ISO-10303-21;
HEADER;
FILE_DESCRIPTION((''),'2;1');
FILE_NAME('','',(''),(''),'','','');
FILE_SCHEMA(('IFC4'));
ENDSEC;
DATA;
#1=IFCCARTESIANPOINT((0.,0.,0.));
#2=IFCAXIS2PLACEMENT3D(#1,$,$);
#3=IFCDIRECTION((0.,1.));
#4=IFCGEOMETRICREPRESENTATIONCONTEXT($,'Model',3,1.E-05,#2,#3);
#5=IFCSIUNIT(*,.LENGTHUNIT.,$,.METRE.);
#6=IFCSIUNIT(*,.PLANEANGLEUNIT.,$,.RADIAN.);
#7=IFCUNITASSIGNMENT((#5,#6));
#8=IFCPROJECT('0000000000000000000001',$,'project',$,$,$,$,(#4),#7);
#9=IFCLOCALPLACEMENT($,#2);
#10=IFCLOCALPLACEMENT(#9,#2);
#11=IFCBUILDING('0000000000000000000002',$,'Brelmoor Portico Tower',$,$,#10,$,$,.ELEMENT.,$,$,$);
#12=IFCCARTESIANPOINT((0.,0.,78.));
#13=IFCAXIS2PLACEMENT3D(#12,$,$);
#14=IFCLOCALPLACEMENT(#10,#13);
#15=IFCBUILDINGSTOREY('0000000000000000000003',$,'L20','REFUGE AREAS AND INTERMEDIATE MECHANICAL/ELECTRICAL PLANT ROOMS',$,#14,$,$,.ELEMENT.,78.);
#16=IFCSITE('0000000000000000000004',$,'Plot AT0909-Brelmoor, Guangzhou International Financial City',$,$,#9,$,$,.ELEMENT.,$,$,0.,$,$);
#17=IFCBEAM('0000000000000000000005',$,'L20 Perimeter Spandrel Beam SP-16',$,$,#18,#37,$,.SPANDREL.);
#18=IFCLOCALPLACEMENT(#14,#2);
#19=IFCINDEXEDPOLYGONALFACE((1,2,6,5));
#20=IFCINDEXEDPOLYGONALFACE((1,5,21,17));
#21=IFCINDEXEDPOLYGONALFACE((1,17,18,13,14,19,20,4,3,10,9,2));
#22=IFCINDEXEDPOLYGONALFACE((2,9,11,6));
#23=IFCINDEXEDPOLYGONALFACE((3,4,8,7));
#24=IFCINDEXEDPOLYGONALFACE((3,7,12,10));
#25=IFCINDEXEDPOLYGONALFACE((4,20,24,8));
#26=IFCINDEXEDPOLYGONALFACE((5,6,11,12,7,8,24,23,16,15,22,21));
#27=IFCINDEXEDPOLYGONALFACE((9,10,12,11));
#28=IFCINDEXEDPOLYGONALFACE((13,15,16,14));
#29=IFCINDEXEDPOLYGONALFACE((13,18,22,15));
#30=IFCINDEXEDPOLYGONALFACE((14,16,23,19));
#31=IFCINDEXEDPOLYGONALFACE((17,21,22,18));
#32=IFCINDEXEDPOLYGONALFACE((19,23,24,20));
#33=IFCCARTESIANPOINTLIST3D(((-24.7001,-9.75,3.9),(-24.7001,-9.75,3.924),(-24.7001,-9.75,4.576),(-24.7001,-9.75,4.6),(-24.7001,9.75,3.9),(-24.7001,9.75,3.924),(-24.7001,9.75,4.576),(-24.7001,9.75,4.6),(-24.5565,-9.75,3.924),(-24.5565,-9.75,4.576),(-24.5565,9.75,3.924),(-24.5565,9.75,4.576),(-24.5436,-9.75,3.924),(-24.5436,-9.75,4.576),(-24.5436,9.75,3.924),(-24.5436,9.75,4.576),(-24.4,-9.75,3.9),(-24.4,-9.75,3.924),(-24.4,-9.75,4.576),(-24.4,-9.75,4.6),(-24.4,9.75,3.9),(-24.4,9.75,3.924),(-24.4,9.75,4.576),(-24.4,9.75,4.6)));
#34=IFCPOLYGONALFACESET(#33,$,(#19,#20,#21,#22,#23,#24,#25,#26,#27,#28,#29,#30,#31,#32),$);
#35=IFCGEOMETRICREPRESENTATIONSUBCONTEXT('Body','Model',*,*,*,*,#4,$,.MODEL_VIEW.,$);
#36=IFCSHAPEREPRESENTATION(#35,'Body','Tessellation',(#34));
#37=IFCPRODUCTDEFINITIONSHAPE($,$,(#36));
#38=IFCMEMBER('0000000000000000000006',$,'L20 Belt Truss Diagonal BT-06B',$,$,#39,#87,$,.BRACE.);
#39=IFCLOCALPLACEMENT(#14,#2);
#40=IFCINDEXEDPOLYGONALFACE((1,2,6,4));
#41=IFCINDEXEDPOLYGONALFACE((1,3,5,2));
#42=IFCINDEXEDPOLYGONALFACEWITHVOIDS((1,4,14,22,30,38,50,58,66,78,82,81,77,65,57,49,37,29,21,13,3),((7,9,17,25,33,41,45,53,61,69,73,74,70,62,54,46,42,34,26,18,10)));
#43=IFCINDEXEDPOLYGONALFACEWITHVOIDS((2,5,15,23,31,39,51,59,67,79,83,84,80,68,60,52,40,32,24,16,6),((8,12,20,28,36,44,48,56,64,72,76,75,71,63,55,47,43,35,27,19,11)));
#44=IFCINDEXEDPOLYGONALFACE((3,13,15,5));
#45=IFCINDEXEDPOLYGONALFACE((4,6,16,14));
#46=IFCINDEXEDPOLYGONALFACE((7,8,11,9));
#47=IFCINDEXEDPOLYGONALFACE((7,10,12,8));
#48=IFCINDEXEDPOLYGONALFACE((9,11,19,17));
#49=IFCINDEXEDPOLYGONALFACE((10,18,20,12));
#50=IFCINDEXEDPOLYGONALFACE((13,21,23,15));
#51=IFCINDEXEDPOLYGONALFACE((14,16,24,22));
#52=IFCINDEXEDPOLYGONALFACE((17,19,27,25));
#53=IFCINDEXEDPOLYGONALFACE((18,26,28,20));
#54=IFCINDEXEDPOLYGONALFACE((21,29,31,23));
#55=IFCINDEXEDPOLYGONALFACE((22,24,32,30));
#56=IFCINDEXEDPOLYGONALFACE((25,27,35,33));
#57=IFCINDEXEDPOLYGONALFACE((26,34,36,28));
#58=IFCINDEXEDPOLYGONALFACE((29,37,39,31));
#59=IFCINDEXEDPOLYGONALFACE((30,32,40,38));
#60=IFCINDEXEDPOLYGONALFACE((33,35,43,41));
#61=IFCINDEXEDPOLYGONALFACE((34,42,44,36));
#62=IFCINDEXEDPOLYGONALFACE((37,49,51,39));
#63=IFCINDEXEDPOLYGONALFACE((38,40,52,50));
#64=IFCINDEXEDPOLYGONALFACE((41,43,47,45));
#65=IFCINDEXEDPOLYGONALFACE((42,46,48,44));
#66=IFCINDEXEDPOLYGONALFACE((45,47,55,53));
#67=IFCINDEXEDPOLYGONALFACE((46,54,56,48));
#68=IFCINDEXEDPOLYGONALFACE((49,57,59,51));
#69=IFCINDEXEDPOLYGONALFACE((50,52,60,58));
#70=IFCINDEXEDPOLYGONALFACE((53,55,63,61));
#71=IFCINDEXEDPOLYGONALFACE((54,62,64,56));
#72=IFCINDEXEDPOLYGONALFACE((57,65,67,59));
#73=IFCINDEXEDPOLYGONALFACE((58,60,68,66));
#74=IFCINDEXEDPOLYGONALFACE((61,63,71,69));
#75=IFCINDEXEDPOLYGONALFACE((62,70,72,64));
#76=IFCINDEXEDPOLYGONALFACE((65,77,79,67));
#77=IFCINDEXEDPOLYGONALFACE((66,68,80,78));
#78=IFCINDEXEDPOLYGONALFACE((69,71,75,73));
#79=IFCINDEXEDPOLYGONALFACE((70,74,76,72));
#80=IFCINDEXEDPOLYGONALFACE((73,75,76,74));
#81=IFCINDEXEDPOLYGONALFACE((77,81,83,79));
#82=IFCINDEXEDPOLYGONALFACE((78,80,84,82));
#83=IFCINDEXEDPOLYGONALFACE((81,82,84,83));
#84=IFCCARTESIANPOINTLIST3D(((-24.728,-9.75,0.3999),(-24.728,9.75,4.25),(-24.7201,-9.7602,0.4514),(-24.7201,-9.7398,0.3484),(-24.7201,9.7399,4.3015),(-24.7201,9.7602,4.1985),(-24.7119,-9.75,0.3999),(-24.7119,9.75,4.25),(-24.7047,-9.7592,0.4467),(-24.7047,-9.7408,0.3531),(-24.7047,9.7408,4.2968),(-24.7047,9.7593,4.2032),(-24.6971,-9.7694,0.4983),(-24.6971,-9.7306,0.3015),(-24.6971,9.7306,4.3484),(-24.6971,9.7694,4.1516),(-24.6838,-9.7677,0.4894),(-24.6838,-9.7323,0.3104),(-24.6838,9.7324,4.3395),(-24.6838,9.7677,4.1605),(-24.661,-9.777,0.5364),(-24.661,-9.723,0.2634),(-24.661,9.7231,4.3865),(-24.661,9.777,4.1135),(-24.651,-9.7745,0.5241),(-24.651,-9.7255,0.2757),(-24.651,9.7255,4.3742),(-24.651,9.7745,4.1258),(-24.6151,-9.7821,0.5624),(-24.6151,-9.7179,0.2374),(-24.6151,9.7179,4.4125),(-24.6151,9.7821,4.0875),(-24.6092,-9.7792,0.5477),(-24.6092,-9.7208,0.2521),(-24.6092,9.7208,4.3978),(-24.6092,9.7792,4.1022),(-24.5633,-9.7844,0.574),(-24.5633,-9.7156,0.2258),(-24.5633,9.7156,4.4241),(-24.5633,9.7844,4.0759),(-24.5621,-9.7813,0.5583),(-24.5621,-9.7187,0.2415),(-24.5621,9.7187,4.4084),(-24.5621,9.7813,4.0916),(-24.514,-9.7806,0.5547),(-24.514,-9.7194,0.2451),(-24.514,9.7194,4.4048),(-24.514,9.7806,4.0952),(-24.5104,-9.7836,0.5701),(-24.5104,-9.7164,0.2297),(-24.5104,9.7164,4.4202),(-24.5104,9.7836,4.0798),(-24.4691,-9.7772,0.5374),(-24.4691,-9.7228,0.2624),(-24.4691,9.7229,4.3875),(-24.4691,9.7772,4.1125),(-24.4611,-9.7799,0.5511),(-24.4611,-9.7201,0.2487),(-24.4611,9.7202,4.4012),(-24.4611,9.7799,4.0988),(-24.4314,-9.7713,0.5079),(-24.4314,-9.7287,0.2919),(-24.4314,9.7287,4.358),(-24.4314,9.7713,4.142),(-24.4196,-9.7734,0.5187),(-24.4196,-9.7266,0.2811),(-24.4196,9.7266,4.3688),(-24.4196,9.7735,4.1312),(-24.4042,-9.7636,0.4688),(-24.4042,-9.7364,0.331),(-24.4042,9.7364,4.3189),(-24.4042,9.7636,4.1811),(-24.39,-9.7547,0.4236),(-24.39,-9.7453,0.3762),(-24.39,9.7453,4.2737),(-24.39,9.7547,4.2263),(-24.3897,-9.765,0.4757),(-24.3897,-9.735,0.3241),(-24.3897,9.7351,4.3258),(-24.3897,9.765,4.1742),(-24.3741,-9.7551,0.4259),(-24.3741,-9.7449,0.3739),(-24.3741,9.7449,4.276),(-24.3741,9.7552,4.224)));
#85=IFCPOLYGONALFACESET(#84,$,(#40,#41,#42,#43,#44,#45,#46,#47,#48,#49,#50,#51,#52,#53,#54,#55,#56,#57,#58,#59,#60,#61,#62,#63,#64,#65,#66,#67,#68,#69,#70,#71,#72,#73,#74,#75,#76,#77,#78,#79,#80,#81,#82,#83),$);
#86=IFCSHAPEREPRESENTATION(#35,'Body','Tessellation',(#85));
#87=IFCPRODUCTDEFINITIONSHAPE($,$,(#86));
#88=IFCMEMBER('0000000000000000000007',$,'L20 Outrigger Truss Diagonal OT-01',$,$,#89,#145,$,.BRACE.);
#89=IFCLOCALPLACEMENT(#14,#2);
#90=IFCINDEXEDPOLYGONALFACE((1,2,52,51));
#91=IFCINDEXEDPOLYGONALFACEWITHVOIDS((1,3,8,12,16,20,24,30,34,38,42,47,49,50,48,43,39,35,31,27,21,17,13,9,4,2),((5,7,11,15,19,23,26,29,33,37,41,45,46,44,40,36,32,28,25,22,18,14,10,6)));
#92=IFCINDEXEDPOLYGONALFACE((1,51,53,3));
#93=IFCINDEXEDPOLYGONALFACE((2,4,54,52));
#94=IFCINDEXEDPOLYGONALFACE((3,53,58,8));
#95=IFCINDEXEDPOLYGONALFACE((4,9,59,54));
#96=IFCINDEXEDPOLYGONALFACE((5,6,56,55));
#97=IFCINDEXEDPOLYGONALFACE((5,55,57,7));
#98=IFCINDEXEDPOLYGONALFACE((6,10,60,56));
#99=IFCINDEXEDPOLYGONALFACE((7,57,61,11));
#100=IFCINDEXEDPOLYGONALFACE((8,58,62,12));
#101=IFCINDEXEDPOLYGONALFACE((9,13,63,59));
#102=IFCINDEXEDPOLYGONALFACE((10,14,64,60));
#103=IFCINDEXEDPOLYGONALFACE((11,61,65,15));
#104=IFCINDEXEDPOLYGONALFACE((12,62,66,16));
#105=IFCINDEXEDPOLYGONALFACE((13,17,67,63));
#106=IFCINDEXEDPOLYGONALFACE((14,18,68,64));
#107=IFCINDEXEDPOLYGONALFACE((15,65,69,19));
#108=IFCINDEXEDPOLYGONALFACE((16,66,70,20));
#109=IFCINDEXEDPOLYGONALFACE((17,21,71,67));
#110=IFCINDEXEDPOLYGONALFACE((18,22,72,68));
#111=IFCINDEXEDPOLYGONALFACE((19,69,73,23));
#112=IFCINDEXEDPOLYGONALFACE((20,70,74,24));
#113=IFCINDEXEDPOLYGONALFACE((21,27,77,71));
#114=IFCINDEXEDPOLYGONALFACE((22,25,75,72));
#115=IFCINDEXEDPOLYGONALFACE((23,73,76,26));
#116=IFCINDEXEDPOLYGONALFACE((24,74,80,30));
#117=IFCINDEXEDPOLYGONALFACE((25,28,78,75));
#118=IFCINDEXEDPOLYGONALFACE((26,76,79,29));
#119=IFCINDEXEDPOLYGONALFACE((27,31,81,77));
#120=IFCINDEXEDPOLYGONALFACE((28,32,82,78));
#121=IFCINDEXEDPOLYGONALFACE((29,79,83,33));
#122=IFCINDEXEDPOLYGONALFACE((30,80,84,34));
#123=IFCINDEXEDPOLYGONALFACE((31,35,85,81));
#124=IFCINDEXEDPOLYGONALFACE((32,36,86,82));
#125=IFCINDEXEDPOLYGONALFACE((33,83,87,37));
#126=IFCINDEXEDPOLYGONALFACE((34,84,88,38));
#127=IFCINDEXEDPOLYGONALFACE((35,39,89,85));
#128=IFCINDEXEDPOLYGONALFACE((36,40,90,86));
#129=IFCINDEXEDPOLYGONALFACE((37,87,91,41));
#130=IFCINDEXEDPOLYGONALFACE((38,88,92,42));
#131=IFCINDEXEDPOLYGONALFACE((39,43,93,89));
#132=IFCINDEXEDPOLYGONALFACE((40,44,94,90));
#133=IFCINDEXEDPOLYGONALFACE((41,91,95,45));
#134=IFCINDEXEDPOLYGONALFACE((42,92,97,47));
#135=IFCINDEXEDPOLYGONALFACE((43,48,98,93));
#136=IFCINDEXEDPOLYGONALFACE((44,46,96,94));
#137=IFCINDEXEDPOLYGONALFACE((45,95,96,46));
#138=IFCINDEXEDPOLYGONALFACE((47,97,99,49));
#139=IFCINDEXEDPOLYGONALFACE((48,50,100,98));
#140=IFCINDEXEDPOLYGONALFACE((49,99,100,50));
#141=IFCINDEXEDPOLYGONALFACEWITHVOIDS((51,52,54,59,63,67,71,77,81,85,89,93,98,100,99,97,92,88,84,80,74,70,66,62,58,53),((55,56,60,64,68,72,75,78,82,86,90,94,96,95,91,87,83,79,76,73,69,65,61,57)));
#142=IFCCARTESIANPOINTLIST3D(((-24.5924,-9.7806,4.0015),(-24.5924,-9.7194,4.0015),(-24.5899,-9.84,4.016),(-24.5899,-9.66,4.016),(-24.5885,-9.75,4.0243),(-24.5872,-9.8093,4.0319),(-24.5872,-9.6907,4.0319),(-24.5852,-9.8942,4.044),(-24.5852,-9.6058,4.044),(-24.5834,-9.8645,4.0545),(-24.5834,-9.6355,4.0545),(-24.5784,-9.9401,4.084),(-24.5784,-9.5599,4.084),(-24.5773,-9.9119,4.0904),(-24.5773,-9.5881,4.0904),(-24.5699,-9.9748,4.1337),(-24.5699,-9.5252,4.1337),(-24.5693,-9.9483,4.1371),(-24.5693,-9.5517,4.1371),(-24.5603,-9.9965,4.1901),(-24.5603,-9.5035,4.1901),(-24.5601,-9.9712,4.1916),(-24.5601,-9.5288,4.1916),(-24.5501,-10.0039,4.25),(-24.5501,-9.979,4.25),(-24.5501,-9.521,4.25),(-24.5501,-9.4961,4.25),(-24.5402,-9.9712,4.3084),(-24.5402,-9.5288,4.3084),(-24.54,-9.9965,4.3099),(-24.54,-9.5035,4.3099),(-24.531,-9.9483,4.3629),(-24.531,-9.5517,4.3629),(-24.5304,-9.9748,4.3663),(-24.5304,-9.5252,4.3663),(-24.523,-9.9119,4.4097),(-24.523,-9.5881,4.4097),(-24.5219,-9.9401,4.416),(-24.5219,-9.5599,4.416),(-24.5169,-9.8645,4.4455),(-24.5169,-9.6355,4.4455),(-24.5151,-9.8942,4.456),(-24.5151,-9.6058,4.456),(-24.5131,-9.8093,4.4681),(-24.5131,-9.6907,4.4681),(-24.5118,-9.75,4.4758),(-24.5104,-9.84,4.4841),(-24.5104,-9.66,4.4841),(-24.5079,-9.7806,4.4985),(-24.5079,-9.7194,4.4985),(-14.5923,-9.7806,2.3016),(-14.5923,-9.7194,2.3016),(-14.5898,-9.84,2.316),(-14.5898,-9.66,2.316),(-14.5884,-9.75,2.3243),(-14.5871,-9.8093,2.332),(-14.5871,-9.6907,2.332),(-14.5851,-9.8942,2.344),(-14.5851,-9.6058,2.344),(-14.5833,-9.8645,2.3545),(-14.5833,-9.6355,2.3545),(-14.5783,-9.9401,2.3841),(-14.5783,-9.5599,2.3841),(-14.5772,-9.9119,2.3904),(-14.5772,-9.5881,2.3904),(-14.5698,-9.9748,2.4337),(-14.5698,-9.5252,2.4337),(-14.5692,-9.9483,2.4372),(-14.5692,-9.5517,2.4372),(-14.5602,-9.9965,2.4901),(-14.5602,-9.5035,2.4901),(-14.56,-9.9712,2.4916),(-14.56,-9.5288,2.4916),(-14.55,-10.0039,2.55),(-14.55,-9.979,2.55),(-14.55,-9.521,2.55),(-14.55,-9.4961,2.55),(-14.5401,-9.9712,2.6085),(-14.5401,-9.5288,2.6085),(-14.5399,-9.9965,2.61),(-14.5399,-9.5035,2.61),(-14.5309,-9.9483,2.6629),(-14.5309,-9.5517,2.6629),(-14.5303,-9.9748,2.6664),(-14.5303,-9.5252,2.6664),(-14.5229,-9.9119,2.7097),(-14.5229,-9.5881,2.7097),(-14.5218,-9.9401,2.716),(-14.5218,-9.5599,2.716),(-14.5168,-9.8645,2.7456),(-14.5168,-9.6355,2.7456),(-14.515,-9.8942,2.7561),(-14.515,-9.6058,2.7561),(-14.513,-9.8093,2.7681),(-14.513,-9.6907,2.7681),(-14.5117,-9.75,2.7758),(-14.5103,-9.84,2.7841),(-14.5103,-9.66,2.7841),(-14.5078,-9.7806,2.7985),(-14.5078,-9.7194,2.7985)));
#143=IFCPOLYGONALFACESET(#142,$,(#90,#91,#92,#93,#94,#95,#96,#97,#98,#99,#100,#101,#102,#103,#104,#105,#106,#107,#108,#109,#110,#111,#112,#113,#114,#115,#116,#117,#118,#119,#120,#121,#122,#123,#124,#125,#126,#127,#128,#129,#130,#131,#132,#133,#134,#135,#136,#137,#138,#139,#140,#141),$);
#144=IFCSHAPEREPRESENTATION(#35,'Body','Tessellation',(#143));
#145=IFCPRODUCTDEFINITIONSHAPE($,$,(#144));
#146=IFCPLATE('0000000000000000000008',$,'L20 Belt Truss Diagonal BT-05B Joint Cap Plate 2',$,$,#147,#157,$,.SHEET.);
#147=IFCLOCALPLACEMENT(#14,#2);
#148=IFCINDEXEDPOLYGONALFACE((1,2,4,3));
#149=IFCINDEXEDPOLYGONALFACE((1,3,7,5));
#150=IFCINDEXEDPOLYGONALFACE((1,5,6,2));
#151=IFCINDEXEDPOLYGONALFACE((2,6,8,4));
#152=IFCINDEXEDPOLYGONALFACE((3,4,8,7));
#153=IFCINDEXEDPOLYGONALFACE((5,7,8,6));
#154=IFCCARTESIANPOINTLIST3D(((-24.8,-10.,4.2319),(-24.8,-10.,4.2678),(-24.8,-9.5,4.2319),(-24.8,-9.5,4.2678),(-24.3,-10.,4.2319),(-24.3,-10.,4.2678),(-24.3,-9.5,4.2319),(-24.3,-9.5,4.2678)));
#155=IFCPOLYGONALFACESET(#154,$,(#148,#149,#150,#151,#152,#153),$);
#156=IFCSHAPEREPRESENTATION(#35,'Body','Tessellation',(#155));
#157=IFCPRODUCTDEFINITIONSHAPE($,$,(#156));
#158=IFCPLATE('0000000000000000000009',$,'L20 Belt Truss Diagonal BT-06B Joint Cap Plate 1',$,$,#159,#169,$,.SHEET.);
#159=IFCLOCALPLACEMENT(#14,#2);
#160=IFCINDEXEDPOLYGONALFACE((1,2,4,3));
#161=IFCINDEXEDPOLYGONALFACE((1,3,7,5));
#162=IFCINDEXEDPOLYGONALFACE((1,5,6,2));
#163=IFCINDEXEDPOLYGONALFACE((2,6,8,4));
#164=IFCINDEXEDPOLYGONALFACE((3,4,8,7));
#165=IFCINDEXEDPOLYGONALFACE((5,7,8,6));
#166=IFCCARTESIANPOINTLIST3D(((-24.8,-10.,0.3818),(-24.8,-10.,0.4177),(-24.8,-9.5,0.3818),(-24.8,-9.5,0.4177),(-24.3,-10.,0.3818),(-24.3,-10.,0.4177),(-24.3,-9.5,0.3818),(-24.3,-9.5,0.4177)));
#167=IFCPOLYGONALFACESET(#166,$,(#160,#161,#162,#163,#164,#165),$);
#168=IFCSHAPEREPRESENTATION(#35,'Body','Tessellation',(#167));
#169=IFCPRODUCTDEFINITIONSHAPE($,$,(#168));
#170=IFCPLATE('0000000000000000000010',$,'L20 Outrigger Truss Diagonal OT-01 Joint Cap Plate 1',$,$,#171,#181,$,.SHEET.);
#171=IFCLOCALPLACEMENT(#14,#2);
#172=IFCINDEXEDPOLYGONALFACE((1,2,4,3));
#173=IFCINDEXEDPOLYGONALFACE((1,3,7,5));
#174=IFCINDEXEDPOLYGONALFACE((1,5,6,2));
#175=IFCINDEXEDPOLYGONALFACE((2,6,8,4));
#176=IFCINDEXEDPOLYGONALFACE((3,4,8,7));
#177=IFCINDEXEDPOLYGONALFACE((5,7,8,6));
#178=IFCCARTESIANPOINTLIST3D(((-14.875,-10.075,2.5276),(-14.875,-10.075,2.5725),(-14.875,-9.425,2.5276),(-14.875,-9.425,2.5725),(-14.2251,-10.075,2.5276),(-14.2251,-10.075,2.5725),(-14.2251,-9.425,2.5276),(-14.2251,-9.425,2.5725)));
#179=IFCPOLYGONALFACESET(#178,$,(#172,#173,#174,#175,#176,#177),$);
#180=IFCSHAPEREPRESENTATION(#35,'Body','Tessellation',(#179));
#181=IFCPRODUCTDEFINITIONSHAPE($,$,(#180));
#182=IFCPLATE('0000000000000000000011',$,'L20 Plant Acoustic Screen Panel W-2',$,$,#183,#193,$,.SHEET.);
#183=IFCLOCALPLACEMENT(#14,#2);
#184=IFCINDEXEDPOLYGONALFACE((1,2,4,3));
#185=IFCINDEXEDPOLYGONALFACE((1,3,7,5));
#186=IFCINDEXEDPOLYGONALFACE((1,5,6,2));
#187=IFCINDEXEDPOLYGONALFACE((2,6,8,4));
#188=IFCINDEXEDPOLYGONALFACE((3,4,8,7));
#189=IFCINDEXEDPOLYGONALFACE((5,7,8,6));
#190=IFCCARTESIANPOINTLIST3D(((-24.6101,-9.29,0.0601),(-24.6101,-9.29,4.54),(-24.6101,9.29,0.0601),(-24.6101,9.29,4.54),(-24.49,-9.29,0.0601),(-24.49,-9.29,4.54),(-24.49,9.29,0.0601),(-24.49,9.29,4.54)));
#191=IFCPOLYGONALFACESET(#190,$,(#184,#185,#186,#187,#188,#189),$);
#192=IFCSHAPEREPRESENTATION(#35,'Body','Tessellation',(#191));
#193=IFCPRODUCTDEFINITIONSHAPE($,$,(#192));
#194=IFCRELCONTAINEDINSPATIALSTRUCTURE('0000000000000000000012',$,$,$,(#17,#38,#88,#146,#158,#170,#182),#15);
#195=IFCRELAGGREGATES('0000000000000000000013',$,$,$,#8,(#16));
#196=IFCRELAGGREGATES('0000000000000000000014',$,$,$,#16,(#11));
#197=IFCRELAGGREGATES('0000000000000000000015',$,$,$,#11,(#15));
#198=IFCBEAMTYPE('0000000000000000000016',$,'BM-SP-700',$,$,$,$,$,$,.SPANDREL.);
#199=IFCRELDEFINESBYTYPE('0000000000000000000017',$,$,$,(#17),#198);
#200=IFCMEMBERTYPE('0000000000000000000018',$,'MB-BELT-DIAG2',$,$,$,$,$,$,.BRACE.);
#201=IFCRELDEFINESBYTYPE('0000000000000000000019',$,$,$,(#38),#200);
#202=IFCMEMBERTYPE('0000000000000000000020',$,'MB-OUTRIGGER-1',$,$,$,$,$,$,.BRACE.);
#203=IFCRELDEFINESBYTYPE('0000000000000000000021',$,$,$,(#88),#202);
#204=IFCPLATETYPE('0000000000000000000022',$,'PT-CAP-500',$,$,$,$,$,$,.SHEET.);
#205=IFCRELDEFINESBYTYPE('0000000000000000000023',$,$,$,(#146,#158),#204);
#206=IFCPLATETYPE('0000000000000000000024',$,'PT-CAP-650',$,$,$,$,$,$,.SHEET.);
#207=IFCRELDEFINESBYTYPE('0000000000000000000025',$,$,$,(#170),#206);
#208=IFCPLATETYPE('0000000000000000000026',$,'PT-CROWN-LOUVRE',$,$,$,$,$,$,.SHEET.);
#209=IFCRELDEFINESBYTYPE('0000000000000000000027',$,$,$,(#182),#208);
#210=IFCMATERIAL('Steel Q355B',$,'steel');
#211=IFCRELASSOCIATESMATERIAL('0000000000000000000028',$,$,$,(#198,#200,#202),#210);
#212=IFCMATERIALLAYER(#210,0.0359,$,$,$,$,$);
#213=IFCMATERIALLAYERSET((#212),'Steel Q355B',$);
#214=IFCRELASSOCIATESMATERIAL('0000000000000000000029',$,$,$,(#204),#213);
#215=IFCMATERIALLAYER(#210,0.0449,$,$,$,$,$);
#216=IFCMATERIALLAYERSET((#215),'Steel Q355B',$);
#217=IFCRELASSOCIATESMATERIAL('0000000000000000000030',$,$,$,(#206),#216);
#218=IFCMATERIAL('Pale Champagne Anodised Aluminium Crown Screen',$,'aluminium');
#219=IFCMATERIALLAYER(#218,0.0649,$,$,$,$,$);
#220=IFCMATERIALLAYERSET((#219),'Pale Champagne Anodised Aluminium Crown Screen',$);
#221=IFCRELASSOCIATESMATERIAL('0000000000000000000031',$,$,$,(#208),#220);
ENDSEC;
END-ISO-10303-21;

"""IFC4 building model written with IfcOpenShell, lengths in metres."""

from ifc_helpers import new_model, si_unit, direction, frame, origin, origin_2d, place, context, subcontext, project, spatial, rectangle, hollow_circle, i_section, extrude, material, layer, layer_set, material_profile, profile_set, type_object, element, save


model = new_model("IFC4")

# Units and contexts
model_context = context("Model", 3, precision=1e-05, world=origin(), true_north=direction((0.0, 1.0)))
body_context = subcontext(model_context, "Body", "Model", "MODEL_VIEW")
ifc_project = project(units=[si_unit("LENGTHUNIT", "METRE"), si_unit("PLANEANGLEUNIT", "RADIAN")], contexts=[model_context])

# Site, building, storey
site_placement = place(None, origin())
site = spatial("IfcSite", under=ifc_project, at=site_placement, Name="Plot AT0909-Brelmoor, Guangzhou International Financial City", CompositionType="ELEMENT", RefElevation=0.0)
building_placement = place(site_placement, origin())
building = spatial("IfcBuilding", under=site, at=building_placement, Name="Brelmoor Portico Tower", CompositionType="ELEMENT")
storey_placement = place(building_placement, frame((0.0, 0.0, 78.0)))
storey = spatial("IfcBuildingStorey", under=building, at=storey_placement, Name="L20", Description="REFUGE AREAS AND INTERMEDIATE MECHANICAL/ELECTRICAL PLANT ROOMS", CompositionType="ELEMENT", Elevation=78.0)

# Shared definitions
ifc_material_1 = material(Name="Steel Q355B", Category="steel")

# Beam
ifc_material_profile_1 = material_profile(ifc_material_1, i_section(OverallWidth=0.3, OverallDepth=0.7, WebThickness=0.0129, FlangeThickness=0.0239, at=origin_2d()), Name="HN 700x300x13x24")
ifc_profile_set_1 = profile_set([ifc_material_profile_1], Name="Steel Q355B")
beam_type_1 = type_object("IfcBeamType", Name="BM-SP-700", PredefinedType="SPANDREL", material=ifc_profile_set_1)
beam_1_placement = place(storey_placement, frame((-24.55, -9.75, 4.25), z_axis=(0.0, 1.0, 0.0), x_axis=(-1.0, 0.0, 0.0)))
element("IfcBeam", 1, at=beam_1_placement, inside=storey, type_object=beam_type_1, Name="L20 Perimeter Spandrel Beam SP-16", PredefinedType="SPANDREL", context=body_context, shape_type="SweptSolid", body=[
    extrude(i_section(OverallWidth=0.3, OverallDepth=0.7, WebThickness=0.0129, FlangeThickness=0.0239, at=origin_2d()), origin(), (0.0, 0.0, 1.0), 19.5),
])

# Members
ifc_material_profile_2 = material_profile(ifc_material_1, hollow_circle(Radius=0.178, WallThickness=0.0161, at=origin_2d()), Name="CHS 356x16")
ifc_profile_set_2 = profile_set([ifc_material_profile_2], Name="Steel Q355B")
member_type_1 = type_object("IfcMemberType", Name="MB-BELT-DIAG2", PredefinedType="BRACE", material=ifc_profile_set_2)
member_1_placement = place(storey_placement, frame((-24.55, -9.75, 0.3999), z_axis=(0.0, 0.981061, 0.193701), x_axis=(-1.0, 0.0, 0.0)))
element("IfcMember", 2, at=member_1_placement, inside=storey, type_object=member_type_1, Name="L20 Belt Truss Diagonal BT-06B", PredefinedType="BRACE", context=body_context, shape_type="SweptSolid", body=[
    extrude(hollow_circle(Radius=0.178, WallThickness=0.0161, at=origin_2d()), origin(), (0.0, 0.0, 1.0), 19.8765),
])
ifc_material_profile_3 = material_profile(ifc_material_1, hollow_circle(Radius=0.2539, WallThickness=0.0249, at=origin_2d()), Name="CHS 508x25")
ifc_profile_set_3 = profile_set([ifc_material_profile_3], Name="Steel Q355B")
member_type_2 = type_object("IfcMemberType", Name="MB-OUTRIGGER-1", PredefinedType="BRACE", material=ifc_profile_set_3)
member_2_placement = place(storey_placement, frame((-14.55, -9.75, 2.55), z_axis=(-0.985857, 0.0, 0.167591), x_axis=(0.0, -1.0, 0.0)))
element("IfcMember", 3, at=member_2_placement, inside=storey, type_object=member_type_2, Name="L20 Outrigger Truss Diagonal OT-01", PredefinedType="BRACE", context=body_context, shape_type="SweptSolid", body=[
    extrude(hollow_circle(Radius=0.2539, WallThickness=0.0249, at=origin_2d()), origin(), (0.0, 0.0, 1.0), 10.1436),
])

# Plates
ifc_layer_1 = layer(ifc_material_1, 0.0359)
ifc_layer_set_1 = layer_set([ifc_layer_1], Name="Steel Q355B")
plate_type_1 = type_object("IfcPlateType", Name="PT-CAP-500", PredefinedType="SHEET", material=ifc_layer_set_1)
for number, where, z_axis, x_axis, name in (
    (4, (-24.55, -9.75, 4.2319), (0.0, 0.0, 1.0), (1.0, 0.0, 0.0), "L20 Belt Truss Diagonal BT-05B Joint Cap Plate 2"),
    (5, (-24.55, -9.75, 0.3818), (0.0, 0.0, 1.0), (1.0, 0.0, 0.0), "L20 Belt Truss Diagonal BT-06B Joint Cap Plate 1"),
):
    element("IfcPlate", number, at=place(storey_placement, frame(where, z_axis=z_axis, x_axis=x_axis)), inside=storey, type_object=plate_type_1, Name=name, PredefinedType="SHEET", context=body_context, shape_type="SweptSolid", body=[
        extrude(rectangle(XDim=0.5, YDim=0.5, at=origin_2d()), origin(), (0.0, 0.0, 1.0), 0.0359),
    ])
ifc_layer_2 = layer(ifc_material_1, 0.0449)
ifc_layer_set_2 = layer_set([ifc_layer_2], Name="Steel Q355B")
plate_type_2 = type_object("IfcPlateType", Name="PT-CAP-650", PredefinedType="SHEET", material=ifc_layer_set_2)
plate_1_placement = place(storey_placement, frame((-14.55, -9.75, 2.5276), z_axis=(0.0, 0.0, 1.0), x_axis=(1.0, 0.0, 0.0)))
element("IfcPlate", 6, at=plate_1_placement, inside=storey, type_object=plate_type_2, Name="L20 Outrigger Truss Diagonal OT-01 Joint Cap Plate 1", PredefinedType="SHEET", context=body_context, shape_type="SweptSolid", body=[
    extrude(rectangle(XDim=0.6499, YDim=0.6499, at=origin_2d()), origin(), (0.0, 0.0, 1.0), 0.0449),
])
ifc_material_2 = material(Name="Pale Champagne Anodised Aluminium Crown Screen", Category="aluminium")
ifc_layer_3 = layer(ifc_material_2, 0.0649)
ifc_layer_set_3 = layer_set([ifc_layer_3], Name="Pale Champagne Anodised Aluminium Crown Screen")
plate_type_3 = type_object("IfcPlateType", Name="PT-CROWN-LOUVRE", PredefinedType="SHEET", material=ifc_layer_set_3)
plate_2_placement = place(storey_placement, frame((-24.55, 0.0, 0.0601), z_axis=(0.0, 0.0, 1.0), x_axis=(0.0, 1.0, 0.0)))
element("IfcPlate", 7, at=plate_2_placement, inside=storey, type_object=plate_type_3, Name="L20 Plant Acoustic Screen Panel W-2", PredefinedType="SHEET", context=body_context, shape_type="SweptSolid", body=[
    extrude(rectangle(XDim=18.5801, YDim=0.1201, at=origin_2d()), origin(), (0.0, 0.0, 1.0), 4.48),
])

save(model, "model.ifc")
